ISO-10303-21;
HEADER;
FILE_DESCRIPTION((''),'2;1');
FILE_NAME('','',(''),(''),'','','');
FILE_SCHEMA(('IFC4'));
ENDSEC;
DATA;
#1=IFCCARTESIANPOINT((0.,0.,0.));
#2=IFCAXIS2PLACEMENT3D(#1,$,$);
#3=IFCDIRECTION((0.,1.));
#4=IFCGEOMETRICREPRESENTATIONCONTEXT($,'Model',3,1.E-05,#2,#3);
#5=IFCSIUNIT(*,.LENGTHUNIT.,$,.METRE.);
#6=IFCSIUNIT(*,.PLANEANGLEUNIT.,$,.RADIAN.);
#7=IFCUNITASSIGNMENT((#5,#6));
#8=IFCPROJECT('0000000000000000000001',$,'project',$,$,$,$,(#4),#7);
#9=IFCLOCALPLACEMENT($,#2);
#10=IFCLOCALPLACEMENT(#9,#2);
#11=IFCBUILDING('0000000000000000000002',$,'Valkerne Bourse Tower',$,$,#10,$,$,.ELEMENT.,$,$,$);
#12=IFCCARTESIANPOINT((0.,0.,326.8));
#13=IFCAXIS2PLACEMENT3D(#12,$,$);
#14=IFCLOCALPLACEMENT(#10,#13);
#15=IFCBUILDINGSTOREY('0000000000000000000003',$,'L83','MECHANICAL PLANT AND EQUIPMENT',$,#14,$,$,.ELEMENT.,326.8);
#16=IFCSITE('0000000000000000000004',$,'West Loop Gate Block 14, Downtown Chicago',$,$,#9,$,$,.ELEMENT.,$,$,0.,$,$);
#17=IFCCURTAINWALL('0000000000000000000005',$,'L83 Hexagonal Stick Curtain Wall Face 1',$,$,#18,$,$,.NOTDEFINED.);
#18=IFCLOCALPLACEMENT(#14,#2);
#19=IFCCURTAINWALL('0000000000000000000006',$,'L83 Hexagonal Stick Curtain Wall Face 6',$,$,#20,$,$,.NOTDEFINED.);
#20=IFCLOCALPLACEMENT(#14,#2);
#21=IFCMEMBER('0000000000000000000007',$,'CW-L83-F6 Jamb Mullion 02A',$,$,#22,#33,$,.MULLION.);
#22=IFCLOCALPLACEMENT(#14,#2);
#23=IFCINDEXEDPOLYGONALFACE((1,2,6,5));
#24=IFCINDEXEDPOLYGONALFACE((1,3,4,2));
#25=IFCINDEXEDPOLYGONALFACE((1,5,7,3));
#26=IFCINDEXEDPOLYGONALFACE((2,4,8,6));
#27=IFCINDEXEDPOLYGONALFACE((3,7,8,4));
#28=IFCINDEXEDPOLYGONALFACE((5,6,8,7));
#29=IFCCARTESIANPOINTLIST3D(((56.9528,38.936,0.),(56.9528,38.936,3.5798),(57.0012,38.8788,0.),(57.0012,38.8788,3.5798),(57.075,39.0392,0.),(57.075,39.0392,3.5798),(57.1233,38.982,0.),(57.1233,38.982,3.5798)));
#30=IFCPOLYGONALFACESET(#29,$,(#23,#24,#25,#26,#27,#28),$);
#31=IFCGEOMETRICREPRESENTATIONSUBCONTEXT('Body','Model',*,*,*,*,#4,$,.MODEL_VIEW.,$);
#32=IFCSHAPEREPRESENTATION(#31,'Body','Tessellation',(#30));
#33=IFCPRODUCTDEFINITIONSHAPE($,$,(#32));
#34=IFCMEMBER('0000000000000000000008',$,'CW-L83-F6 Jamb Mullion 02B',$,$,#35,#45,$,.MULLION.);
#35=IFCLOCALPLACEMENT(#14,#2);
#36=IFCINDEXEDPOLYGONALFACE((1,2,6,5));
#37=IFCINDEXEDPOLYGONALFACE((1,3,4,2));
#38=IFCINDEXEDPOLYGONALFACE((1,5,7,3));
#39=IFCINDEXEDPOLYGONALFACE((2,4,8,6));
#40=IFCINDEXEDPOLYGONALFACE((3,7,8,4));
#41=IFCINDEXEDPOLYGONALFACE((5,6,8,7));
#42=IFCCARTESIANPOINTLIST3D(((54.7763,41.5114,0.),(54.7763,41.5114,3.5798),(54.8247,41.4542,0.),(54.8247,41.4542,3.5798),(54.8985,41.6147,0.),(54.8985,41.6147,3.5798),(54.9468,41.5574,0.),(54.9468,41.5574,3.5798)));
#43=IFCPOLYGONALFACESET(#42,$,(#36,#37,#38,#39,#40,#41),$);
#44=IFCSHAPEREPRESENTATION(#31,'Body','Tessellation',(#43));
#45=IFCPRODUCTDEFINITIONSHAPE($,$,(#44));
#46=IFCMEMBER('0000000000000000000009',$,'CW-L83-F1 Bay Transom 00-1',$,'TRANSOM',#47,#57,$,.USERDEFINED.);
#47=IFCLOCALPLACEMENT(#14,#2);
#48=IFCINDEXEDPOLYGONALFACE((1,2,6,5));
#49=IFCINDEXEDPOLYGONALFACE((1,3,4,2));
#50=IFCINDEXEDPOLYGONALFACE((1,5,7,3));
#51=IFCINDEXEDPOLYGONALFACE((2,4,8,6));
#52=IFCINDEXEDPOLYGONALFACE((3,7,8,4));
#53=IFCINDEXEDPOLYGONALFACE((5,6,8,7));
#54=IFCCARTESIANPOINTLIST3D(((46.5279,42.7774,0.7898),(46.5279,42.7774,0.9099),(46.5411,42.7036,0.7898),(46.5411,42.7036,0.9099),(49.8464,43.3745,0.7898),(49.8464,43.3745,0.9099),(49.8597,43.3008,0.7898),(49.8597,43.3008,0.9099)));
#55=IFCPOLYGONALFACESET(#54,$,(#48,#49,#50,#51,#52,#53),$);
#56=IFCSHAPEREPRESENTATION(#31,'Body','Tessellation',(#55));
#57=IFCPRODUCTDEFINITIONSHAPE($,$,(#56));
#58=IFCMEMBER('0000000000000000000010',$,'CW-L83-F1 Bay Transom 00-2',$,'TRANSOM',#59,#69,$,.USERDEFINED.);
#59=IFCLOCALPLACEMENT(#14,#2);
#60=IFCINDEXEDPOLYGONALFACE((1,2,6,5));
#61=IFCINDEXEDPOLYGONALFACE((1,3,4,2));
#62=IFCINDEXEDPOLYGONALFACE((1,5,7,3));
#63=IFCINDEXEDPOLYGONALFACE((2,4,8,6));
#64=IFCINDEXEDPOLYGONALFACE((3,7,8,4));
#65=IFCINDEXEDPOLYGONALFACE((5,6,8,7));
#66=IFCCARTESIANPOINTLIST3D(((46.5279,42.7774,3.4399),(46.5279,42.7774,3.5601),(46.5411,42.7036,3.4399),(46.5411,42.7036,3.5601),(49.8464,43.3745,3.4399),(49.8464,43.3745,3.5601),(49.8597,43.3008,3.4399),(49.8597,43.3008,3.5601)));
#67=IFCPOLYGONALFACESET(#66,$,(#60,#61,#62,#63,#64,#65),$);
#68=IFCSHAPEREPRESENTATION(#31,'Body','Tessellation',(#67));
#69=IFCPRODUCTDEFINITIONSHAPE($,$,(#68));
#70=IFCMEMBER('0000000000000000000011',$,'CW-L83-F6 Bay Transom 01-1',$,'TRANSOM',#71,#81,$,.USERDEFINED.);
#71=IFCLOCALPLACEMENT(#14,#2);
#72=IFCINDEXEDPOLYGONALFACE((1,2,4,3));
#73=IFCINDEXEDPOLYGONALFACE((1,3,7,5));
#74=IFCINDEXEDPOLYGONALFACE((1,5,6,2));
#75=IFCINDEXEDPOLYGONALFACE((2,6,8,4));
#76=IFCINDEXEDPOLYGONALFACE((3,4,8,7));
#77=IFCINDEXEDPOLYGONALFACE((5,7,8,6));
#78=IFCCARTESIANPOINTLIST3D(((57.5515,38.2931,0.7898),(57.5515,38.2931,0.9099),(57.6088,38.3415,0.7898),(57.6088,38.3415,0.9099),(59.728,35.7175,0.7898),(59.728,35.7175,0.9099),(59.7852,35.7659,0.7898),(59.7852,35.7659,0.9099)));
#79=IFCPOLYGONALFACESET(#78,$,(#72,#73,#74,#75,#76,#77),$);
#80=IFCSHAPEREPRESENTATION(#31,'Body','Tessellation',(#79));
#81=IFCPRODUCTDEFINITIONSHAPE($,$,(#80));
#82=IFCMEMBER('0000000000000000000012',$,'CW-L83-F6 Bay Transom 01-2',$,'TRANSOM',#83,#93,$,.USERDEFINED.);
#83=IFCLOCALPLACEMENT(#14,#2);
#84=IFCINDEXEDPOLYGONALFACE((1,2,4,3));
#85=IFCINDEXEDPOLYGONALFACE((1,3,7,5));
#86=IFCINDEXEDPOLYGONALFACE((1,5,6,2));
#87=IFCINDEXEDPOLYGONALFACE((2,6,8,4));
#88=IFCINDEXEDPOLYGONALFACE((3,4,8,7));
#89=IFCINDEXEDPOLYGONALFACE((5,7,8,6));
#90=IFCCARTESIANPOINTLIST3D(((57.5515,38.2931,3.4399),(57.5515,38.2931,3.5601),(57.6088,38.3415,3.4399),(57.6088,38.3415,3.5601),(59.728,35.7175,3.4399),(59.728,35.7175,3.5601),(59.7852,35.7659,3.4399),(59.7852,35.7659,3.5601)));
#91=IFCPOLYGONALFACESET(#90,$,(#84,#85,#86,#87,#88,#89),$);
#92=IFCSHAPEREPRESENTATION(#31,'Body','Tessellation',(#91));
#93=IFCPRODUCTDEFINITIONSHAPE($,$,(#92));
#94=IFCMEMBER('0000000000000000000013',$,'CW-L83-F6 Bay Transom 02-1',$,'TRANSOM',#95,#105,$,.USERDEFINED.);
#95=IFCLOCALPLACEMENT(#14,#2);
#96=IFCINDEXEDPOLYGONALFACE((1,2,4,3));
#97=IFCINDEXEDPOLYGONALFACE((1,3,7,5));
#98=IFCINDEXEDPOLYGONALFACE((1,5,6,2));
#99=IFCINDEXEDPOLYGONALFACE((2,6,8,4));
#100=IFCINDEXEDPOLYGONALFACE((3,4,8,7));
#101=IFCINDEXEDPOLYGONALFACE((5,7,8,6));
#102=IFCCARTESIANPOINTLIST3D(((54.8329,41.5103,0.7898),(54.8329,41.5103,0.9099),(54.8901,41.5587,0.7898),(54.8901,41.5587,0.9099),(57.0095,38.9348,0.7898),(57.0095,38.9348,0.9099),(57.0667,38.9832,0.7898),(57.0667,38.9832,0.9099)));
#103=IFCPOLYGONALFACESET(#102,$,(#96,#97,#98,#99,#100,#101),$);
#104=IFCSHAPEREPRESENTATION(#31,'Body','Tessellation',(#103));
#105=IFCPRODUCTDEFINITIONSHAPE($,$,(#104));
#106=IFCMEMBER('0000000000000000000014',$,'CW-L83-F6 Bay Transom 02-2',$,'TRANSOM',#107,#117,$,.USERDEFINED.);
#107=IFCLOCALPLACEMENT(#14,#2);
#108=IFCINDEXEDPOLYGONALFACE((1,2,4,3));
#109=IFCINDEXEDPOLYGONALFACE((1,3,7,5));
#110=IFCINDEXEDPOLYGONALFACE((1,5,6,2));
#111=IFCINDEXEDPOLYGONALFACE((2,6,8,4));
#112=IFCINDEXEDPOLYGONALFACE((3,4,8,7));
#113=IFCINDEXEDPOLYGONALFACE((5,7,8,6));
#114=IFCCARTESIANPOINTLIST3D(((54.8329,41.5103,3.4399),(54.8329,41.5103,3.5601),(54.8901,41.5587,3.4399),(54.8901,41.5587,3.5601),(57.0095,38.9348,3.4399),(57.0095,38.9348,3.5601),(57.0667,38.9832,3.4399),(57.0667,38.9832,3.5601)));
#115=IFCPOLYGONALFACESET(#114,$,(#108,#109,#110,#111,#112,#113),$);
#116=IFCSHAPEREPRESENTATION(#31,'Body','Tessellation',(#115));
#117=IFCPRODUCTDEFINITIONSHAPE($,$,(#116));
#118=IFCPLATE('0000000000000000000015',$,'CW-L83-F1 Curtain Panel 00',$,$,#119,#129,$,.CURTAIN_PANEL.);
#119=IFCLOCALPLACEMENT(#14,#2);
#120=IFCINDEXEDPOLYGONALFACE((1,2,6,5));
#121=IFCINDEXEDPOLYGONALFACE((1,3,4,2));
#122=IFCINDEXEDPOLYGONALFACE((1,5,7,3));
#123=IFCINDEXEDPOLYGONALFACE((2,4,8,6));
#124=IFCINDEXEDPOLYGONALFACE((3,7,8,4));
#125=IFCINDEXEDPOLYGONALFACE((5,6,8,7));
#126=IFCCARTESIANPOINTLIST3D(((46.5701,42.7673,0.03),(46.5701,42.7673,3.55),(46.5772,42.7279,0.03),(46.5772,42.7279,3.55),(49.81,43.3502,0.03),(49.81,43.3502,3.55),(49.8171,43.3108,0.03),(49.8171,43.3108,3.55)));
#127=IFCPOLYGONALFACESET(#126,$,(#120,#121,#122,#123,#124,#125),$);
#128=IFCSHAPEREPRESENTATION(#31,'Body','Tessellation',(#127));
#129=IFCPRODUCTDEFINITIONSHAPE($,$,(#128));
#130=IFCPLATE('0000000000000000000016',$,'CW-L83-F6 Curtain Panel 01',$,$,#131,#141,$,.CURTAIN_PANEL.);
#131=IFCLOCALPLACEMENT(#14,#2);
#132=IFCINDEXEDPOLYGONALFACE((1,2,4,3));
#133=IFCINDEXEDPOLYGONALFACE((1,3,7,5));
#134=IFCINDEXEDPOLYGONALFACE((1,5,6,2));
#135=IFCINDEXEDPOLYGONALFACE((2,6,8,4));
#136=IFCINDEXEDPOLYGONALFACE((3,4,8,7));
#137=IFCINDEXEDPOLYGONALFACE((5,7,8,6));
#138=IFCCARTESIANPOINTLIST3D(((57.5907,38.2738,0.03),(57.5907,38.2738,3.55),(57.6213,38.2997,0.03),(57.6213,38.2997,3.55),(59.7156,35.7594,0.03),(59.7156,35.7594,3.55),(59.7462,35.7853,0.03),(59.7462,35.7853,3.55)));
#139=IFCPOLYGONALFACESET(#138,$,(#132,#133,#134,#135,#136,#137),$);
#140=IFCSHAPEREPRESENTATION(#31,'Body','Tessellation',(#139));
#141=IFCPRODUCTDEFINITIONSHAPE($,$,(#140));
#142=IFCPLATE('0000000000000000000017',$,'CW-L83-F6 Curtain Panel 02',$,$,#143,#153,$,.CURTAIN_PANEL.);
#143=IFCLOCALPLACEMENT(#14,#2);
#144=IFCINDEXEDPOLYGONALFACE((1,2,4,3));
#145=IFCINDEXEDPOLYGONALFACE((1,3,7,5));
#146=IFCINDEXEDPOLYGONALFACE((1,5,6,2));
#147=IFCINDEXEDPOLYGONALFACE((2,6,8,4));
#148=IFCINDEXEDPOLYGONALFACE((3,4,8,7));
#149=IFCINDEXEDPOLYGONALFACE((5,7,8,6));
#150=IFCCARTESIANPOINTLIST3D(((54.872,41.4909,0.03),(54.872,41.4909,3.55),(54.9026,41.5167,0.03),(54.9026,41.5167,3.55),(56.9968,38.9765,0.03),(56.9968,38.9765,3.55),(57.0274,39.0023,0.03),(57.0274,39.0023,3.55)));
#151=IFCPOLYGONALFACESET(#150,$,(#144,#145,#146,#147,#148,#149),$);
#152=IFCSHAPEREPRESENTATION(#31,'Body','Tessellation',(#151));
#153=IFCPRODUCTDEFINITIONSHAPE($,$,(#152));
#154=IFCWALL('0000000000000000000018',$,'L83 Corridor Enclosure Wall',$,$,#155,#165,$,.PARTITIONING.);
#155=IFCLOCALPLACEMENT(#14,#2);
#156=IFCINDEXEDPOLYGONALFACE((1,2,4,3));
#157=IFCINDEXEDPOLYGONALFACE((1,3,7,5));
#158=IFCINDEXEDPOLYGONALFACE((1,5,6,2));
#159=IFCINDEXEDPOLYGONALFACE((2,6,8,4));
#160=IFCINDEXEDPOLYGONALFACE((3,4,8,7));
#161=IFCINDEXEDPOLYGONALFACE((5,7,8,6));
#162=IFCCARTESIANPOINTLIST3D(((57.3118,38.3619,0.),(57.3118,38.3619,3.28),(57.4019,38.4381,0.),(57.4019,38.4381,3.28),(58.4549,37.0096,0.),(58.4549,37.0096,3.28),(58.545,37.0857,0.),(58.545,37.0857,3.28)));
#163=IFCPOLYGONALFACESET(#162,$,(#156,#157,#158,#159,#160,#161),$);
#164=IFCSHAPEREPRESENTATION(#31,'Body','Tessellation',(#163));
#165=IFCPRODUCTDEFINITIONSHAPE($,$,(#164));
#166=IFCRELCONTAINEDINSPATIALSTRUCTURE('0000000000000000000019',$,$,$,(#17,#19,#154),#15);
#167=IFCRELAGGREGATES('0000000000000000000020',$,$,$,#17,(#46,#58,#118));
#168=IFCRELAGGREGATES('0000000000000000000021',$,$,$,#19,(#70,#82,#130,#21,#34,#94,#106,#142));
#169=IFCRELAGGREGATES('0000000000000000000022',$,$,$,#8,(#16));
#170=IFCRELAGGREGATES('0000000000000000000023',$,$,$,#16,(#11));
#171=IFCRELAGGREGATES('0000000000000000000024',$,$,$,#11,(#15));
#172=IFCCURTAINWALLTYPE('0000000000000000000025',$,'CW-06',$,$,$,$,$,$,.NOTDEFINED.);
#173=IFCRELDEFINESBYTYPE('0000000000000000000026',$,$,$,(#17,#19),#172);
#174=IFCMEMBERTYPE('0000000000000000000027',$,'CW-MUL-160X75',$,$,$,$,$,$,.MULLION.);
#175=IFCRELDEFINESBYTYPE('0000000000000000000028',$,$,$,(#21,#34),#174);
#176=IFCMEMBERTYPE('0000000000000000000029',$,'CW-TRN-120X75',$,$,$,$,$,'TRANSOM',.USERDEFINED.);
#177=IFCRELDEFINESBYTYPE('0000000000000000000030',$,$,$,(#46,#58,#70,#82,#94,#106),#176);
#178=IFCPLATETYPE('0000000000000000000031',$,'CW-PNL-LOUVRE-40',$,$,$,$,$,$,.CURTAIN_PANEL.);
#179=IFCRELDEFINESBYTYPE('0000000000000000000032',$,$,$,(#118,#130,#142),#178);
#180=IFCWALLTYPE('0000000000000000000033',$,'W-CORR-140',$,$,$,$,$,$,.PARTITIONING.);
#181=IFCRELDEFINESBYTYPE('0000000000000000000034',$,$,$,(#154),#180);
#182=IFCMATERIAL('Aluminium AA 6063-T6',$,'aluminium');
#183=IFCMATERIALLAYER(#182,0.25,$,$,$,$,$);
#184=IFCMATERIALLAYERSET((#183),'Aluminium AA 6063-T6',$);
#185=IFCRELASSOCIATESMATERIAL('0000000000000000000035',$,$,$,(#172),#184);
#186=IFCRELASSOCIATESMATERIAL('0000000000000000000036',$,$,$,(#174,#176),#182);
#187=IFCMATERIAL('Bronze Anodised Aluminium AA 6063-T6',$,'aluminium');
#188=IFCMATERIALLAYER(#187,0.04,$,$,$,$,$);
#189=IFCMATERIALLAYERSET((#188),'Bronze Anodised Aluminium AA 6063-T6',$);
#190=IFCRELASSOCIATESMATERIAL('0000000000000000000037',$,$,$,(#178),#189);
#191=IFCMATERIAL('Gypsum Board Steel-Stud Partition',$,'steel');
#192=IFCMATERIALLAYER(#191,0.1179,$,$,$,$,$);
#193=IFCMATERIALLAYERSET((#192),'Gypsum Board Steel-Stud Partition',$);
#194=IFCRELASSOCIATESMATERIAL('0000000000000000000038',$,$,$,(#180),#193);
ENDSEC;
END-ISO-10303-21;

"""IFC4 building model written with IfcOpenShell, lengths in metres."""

from ifc_helpers import new_model, si_unit, direction, frame, frame_2d, origin, origin_2d, place, context, subcontext, project, spatial, rectangle, extrude, material, layer, layer_set, material_profile, profile_set, type_object, element, aggregate, save


model = new_model("IFC4")

# Units and contexts
model_context = context("Model", 3, precision=1e-05, world=origin(), true_north=direction((0.0, 1.0)))
body_context = subcontext(model_context, "Body", "Model", "MODEL_VIEW")
ifc_project = project(units=[si_unit("LENGTHUNIT", "METRE"), si_unit("PLANEANGLEUNIT", "RADIAN")], contexts=[model_context])

# Site, building, storey
site_placement = place(None, origin())
site = spatial("IfcSite", under=ifc_project, at=site_placement, Name="West Loop Gate Block 14, Downtown Chicago", CompositionType="ELEMENT", RefElevation=0.0)
building_placement = place(site_placement, origin())
building = spatial("IfcBuilding", under=site, at=building_placement, Name="Valkerne Bourse Tower", CompositionType="ELEMENT")
storey_placement = place(building_placement, frame((0.0, 0.0, 326.8)))
storey = spatial("IfcBuildingStorey", under=building, at=storey_placement, Name="L83", Description="MECHANICAL PLANT AND EQUIPMENT", CompositionType="ELEMENT", Elevation=326.8)

# Curtain wall
ifc_material_1 = material(Name="Aluminium AA 6063-T6", Category="aluminium")
ifc_layer_1 = layer(ifc_material_1, 0.25)
ifc_layer_set_1 = layer_set([ifc_layer_1], Name="Aluminium AA 6063-T6")
curtain_wall_type = type_object("IfcCurtainWallType", Name="CW-06", PredefinedType="NOTDEFINED", material=ifc_layer_set_1)
curtain_wall_1_placement = place(storey_placement, origin())
curtain_wall_1 = element("IfcCurtainWall", 1, at=curtain_wall_1_placement, inside=storey, type_object=curtain_wall_type, Name="L83 Hexagonal Stick Curtain Wall Face 1", PredefinedType="NOTDEFINED")
ifc_material_profile_1 = material_profile(ifc_material_1, rectangle(XDim=0.075, YDim=0.1599, at=origin_2d()), Name="CWM-75X160")
ifc_profile_set_1 = profile_set([ifc_material_profile_1], Name="Aluminium AA 6063-T6")
member_type_1 = type_object("IfcMemberType", Name="CW-MUL-160X75", PredefinedType="MULLION", material=ifc_profile_set_1)

# Curtain wall, members
curtain_wall_2_placement = place(storey_placement, origin())
curtain_wall_2 = element("IfcCurtainWall", 2, at=curtain_wall_2_placement, inside=storey, type_object=curtain_wall_type, Name="L83 Hexagonal Stick Curtain Wall Face 6", PredefinedType="NOTDEFINED")
member_1_placement = place(storey_placement, frame((57.0381, 38.959, 0.0), z_axis=(0.0, 0.0, 1.0), x_axis=(-0.645463, 0.763791, 0.0)))
member_1 = element("IfcMember", 3, at=member_1_placement, type_object=member_type_1, Name="CW-L83-F6 Jamb Mullion 02A", PredefinedType="MULLION", context=body_context, shape_type="SweptSolid", body=[
    extrude(rectangle(XDim=0.075, YDim=0.1599, at=origin_2d()), origin(), (0.0, 0.0, 1.0), 3.5798),
])
member_2_placement = place(storey_placement, frame((54.8616, 41.5344, 0.0), z_axis=(0.0, 0.0, 1.0), x_axis=(-0.645463, 0.763791, 0.0)))
member_2 = element("IfcMember", 4, at=member_2_placement, type_object=member_type_1, Name="CW-L83-F6 Jamb Mullion 02B", PredefinedType="MULLION", context=body_context, shape_type="SweptSolid", body=[
    extrude(rectangle(XDim=0.075, YDim=0.1599, at=origin_2d()), origin(), (0.0, 0.0, 1.0), 3.5798),
])

# Members
ifc_material_profile_2 = material_profile(ifc_material_1, rectangle(XDim=0.075, YDim=0.1201, at=origin_2d()), Name="CWT-75X120")
ifc_profile_set_2 = profile_set([ifc_material_profile_2], Name="Aluminium AA 6063-T6")
member_type_2 = type_object("IfcMemberType", Name="CW-TRN-120X75", ElementType="TRANSOM", PredefinedType="USERDEFINED", material=ifc_profile_set_2)
member_3_placement = place(storey_placement, frame((49.853, 43.3376, 0.8499), z_axis=(-0.984193, -0.177101, 0.0), x_axis=(0.177101, -0.984193, 0.0)))
member_3 = element("IfcMember", 5, at=member_3_placement, type_object=member_type_2, Name="CW-L83-F1 Bay Transom 00-1", ObjectType="TRANSOM", PredefinedType="USERDEFINED", context=body_context, shape_type="SweptSolid", body=[
    extrude(rectangle(XDim=0.075, YDim=0.1201, at=origin_2d()), origin(), (0.0, 0.0, 1.0), 3.3718),
])
member_4_placement = place(storey_placement, frame((49.853, 43.3376, 3.5), z_axis=(-0.984193, -0.177101, 0.0), x_axis=(0.177101, -0.984193, 0.0)))
member_4 = element("IfcMember", 6, at=member_4_placement, type_object=member_type_2, Name="CW-L83-F1 Bay Transom 00-2", ObjectType="TRANSOM", PredefinedType="USERDEFINED", context=body_context, shape_type="SweptSolid", body=[
    extrude(rectangle(XDim=0.075, YDim=0.1201, at=origin_2d()), origin(), (0.0, 0.0, 1.0), 3.3718),
])
member_5_placement = place(storey_placement, frame((59.7566, 35.7417, 0.8499), z_axis=(-0.645439, 0.763812, 0.0), x_axis=(-0.763812, -0.645439, 0.0)))
member_5 = element("IfcMember", 7, at=member_5_placement, type_object=member_type_2, Name="CW-L83-F6 Bay Transom 01-1", ObjectType="TRANSOM", PredefinedType="USERDEFINED", context=body_context, shape_type="SweptSolid", body=[
    extrude(rectangle(XDim=0.075, YDim=0.1201, at=origin_2d()), origin(), (0.0, 0.0, 1.0), 3.3721),
])
member_6_placement = place(storey_placement, frame((59.7566, 35.7417, 3.5), z_axis=(-0.645439, 0.763812, 0.0), x_axis=(-0.763812, -0.645439, 0.0)))
member_6 = element("IfcMember", 8, at=member_6_placement, type_object=member_type_2, Name="CW-L83-F6 Bay Transom 01-2", ObjectType="TRANSOM", PredefinedType="USERDEFINED", context=body_context, shape_type="SweptSolid", body=[
    extrude(rectangle(XDim=0.075, YDim=0.1201, at=origin_2d()), origin(), (0.0, 0.0, 1.0), 3.3721),
])
member_7_placement = place(storey_placement, frame((57.0381, 38.959, 0.8499), z_axis=(-0.645475, 0.763782, 0.0), x_axis=(-0.763782, -0.645475, 0.0)))
member_7 = element("IfcMember", 9, at=member_7_placement, type_object=member_type_2, Name="CW-L83-F6 Bay Transom 02-1", ObjectType="TRANSOM", PredefinedType="USERDEFINED", context=body_context, shape_type="SweptSolid", body=[
    extrude(rectangle(XDim=0.075, YDim=0.1201, at=origin_2d()), origin(), (0.0, 0.0, 1.0), 3.3721),
])
member_8_placement = place(storey_placement, frame((57.0381, 38.959, 3.5), z_axis=(-0.645475, 0.763782, 0.0), x_axis=(-0.763782, -0.645475, 0.0)))
member_8 = element("IfcMember", 10, at=member_8_placement, type_object=member_type_2, Name="CW-L83-F6 Bay Transom 02-2", ObjectType="TRANSOM", PredefinedType="USERDEFINED", context=body_context, shape_type="SweptSolid", body=[
    extrude(rectangle(XDim=0.075, YDim=0.1201, at=origin_2d()), origin(), (0.0, 0.0, 1.0), 3.3721),
])

# Plates
ifc_material_2 = material(Name="Bronze Anodised Aluminium AA 6063-T6", Category="aluminium")
ifc_layer_2 = layer(ifc_material_2, 0.04)
ifc_layer_set_2 = layer_set([ifc_layer_2], Name="Bronze Anodised Aluminium AA 6063-T6")
plate_type = type_object("IfcPlateType", Name="CW-PNL-LOUVRE-40", PredefinedType="CURTAIN_PANEL", material=ifc_layer_set_2)
plate_1_placement = place(storey_placement, frame((48.1936, 43.0391, 0.03), z_axis=(0.0, 0.0, 1.0), x_axis=(-0.984195, -0.177086, 0.0)))
plate_1 = element("IfcPlate", 11, at=plate_1_placement, type_object=plate_type, Name="CW-L83-F1 Curtain Panel 00", PredefinedType="CURTAIN_PANEL", context=body_context, shape_type="SweptSolid", body=[
    extrude(rectangle(XDim=3.292, YDim=0.04, at=origin_2d()), origin(), (0.0, 0.0, 1.0), 3.52),
])
aggregate(curtain_wall_1, [member_3, member_4, plate_1])
plate_2_placement = place(storey_placement, frame((58.6685, 37.0295, 0.03), z_axis=(0.0, 0.0, 1.0), x_axis=(-0.645463, 0.763791, 0.0)))
plate_2 = element("IfcPlate", 12, at=plate_2_placement, type_object=plate_type, Name="CW-L83-F6 Curtain Panel 01", PredefinedType="CURTAIN_PANEL", context=body_context, shape_type="SweptSolid", body=[
    extrude(rectangle(XDim=3.292, YDim=0.04, at=origin_2d()), origin(), (0.0, 0.0, 1.0), 3.52),
])
plate_3_placement = place(storey_placement, frame((55.9497, 40.2466, 0.03), z_axis=(0.0, 0.0, 1.0), x_axis=(-0.645463, 0.763791, 0.0)))
plate_3 = element("IfcPlate", 13, at=plate_3_placement, type_object=plate_type, Name="CW-L83-F6 Curtain Panel 02", PredefinedType="CURTAIN_PANEL", context=body_context, shape_type="SweptSolid", body=[
    extrude(rectangle(XDim=3.292, YDim=0.04, at=origin_2d()), origin(), (0.0, 0.0, 1.0), 3.52),
])
aggregate(curtain_wall_2, [member_5, member_6, plate_2, member_1, member_2, member_7, member_8, plate_3])

# Wall
ifc_material_3 = material(Name="Gypsum Board Steel-Stud Partition", Category="steel")
ifc_layer_3 = layer(ifc_material_3, 0.1179)
ifc_layer_set_3 = layer_set([ifc_layer_3], Name="Gypsum Board Steel-Stud Partition")
wall_type = type_object("IfcWallType", Name="W-CORR-140", PredefinedType="PARTITIONING", material=ifc_layer_set_3)
wall_1_placement = place(storey_placement, frame((57.3569, 38.3999, 0.0), z_axis=(0.0, 0.0, 1.0), x_axis=(0.645553, -0.763716, 0.0)))
element("IfcWall", 14, at=wall_1_placement, inside=storey, type_object=wall_type, Name="L83 Corridor Enclosure Wall", PredefinedType="PARTITIONING", context=body_context, shape_type="SweptSolid", body=[
    extrude(rectangle(XDim=1.7708, YDim=0.1179, at=frame_2d((0.8853, 0.0))), origin(), (0.0, 0.0, 1.0), 3.28),
])

save(model, "model.ifc")
